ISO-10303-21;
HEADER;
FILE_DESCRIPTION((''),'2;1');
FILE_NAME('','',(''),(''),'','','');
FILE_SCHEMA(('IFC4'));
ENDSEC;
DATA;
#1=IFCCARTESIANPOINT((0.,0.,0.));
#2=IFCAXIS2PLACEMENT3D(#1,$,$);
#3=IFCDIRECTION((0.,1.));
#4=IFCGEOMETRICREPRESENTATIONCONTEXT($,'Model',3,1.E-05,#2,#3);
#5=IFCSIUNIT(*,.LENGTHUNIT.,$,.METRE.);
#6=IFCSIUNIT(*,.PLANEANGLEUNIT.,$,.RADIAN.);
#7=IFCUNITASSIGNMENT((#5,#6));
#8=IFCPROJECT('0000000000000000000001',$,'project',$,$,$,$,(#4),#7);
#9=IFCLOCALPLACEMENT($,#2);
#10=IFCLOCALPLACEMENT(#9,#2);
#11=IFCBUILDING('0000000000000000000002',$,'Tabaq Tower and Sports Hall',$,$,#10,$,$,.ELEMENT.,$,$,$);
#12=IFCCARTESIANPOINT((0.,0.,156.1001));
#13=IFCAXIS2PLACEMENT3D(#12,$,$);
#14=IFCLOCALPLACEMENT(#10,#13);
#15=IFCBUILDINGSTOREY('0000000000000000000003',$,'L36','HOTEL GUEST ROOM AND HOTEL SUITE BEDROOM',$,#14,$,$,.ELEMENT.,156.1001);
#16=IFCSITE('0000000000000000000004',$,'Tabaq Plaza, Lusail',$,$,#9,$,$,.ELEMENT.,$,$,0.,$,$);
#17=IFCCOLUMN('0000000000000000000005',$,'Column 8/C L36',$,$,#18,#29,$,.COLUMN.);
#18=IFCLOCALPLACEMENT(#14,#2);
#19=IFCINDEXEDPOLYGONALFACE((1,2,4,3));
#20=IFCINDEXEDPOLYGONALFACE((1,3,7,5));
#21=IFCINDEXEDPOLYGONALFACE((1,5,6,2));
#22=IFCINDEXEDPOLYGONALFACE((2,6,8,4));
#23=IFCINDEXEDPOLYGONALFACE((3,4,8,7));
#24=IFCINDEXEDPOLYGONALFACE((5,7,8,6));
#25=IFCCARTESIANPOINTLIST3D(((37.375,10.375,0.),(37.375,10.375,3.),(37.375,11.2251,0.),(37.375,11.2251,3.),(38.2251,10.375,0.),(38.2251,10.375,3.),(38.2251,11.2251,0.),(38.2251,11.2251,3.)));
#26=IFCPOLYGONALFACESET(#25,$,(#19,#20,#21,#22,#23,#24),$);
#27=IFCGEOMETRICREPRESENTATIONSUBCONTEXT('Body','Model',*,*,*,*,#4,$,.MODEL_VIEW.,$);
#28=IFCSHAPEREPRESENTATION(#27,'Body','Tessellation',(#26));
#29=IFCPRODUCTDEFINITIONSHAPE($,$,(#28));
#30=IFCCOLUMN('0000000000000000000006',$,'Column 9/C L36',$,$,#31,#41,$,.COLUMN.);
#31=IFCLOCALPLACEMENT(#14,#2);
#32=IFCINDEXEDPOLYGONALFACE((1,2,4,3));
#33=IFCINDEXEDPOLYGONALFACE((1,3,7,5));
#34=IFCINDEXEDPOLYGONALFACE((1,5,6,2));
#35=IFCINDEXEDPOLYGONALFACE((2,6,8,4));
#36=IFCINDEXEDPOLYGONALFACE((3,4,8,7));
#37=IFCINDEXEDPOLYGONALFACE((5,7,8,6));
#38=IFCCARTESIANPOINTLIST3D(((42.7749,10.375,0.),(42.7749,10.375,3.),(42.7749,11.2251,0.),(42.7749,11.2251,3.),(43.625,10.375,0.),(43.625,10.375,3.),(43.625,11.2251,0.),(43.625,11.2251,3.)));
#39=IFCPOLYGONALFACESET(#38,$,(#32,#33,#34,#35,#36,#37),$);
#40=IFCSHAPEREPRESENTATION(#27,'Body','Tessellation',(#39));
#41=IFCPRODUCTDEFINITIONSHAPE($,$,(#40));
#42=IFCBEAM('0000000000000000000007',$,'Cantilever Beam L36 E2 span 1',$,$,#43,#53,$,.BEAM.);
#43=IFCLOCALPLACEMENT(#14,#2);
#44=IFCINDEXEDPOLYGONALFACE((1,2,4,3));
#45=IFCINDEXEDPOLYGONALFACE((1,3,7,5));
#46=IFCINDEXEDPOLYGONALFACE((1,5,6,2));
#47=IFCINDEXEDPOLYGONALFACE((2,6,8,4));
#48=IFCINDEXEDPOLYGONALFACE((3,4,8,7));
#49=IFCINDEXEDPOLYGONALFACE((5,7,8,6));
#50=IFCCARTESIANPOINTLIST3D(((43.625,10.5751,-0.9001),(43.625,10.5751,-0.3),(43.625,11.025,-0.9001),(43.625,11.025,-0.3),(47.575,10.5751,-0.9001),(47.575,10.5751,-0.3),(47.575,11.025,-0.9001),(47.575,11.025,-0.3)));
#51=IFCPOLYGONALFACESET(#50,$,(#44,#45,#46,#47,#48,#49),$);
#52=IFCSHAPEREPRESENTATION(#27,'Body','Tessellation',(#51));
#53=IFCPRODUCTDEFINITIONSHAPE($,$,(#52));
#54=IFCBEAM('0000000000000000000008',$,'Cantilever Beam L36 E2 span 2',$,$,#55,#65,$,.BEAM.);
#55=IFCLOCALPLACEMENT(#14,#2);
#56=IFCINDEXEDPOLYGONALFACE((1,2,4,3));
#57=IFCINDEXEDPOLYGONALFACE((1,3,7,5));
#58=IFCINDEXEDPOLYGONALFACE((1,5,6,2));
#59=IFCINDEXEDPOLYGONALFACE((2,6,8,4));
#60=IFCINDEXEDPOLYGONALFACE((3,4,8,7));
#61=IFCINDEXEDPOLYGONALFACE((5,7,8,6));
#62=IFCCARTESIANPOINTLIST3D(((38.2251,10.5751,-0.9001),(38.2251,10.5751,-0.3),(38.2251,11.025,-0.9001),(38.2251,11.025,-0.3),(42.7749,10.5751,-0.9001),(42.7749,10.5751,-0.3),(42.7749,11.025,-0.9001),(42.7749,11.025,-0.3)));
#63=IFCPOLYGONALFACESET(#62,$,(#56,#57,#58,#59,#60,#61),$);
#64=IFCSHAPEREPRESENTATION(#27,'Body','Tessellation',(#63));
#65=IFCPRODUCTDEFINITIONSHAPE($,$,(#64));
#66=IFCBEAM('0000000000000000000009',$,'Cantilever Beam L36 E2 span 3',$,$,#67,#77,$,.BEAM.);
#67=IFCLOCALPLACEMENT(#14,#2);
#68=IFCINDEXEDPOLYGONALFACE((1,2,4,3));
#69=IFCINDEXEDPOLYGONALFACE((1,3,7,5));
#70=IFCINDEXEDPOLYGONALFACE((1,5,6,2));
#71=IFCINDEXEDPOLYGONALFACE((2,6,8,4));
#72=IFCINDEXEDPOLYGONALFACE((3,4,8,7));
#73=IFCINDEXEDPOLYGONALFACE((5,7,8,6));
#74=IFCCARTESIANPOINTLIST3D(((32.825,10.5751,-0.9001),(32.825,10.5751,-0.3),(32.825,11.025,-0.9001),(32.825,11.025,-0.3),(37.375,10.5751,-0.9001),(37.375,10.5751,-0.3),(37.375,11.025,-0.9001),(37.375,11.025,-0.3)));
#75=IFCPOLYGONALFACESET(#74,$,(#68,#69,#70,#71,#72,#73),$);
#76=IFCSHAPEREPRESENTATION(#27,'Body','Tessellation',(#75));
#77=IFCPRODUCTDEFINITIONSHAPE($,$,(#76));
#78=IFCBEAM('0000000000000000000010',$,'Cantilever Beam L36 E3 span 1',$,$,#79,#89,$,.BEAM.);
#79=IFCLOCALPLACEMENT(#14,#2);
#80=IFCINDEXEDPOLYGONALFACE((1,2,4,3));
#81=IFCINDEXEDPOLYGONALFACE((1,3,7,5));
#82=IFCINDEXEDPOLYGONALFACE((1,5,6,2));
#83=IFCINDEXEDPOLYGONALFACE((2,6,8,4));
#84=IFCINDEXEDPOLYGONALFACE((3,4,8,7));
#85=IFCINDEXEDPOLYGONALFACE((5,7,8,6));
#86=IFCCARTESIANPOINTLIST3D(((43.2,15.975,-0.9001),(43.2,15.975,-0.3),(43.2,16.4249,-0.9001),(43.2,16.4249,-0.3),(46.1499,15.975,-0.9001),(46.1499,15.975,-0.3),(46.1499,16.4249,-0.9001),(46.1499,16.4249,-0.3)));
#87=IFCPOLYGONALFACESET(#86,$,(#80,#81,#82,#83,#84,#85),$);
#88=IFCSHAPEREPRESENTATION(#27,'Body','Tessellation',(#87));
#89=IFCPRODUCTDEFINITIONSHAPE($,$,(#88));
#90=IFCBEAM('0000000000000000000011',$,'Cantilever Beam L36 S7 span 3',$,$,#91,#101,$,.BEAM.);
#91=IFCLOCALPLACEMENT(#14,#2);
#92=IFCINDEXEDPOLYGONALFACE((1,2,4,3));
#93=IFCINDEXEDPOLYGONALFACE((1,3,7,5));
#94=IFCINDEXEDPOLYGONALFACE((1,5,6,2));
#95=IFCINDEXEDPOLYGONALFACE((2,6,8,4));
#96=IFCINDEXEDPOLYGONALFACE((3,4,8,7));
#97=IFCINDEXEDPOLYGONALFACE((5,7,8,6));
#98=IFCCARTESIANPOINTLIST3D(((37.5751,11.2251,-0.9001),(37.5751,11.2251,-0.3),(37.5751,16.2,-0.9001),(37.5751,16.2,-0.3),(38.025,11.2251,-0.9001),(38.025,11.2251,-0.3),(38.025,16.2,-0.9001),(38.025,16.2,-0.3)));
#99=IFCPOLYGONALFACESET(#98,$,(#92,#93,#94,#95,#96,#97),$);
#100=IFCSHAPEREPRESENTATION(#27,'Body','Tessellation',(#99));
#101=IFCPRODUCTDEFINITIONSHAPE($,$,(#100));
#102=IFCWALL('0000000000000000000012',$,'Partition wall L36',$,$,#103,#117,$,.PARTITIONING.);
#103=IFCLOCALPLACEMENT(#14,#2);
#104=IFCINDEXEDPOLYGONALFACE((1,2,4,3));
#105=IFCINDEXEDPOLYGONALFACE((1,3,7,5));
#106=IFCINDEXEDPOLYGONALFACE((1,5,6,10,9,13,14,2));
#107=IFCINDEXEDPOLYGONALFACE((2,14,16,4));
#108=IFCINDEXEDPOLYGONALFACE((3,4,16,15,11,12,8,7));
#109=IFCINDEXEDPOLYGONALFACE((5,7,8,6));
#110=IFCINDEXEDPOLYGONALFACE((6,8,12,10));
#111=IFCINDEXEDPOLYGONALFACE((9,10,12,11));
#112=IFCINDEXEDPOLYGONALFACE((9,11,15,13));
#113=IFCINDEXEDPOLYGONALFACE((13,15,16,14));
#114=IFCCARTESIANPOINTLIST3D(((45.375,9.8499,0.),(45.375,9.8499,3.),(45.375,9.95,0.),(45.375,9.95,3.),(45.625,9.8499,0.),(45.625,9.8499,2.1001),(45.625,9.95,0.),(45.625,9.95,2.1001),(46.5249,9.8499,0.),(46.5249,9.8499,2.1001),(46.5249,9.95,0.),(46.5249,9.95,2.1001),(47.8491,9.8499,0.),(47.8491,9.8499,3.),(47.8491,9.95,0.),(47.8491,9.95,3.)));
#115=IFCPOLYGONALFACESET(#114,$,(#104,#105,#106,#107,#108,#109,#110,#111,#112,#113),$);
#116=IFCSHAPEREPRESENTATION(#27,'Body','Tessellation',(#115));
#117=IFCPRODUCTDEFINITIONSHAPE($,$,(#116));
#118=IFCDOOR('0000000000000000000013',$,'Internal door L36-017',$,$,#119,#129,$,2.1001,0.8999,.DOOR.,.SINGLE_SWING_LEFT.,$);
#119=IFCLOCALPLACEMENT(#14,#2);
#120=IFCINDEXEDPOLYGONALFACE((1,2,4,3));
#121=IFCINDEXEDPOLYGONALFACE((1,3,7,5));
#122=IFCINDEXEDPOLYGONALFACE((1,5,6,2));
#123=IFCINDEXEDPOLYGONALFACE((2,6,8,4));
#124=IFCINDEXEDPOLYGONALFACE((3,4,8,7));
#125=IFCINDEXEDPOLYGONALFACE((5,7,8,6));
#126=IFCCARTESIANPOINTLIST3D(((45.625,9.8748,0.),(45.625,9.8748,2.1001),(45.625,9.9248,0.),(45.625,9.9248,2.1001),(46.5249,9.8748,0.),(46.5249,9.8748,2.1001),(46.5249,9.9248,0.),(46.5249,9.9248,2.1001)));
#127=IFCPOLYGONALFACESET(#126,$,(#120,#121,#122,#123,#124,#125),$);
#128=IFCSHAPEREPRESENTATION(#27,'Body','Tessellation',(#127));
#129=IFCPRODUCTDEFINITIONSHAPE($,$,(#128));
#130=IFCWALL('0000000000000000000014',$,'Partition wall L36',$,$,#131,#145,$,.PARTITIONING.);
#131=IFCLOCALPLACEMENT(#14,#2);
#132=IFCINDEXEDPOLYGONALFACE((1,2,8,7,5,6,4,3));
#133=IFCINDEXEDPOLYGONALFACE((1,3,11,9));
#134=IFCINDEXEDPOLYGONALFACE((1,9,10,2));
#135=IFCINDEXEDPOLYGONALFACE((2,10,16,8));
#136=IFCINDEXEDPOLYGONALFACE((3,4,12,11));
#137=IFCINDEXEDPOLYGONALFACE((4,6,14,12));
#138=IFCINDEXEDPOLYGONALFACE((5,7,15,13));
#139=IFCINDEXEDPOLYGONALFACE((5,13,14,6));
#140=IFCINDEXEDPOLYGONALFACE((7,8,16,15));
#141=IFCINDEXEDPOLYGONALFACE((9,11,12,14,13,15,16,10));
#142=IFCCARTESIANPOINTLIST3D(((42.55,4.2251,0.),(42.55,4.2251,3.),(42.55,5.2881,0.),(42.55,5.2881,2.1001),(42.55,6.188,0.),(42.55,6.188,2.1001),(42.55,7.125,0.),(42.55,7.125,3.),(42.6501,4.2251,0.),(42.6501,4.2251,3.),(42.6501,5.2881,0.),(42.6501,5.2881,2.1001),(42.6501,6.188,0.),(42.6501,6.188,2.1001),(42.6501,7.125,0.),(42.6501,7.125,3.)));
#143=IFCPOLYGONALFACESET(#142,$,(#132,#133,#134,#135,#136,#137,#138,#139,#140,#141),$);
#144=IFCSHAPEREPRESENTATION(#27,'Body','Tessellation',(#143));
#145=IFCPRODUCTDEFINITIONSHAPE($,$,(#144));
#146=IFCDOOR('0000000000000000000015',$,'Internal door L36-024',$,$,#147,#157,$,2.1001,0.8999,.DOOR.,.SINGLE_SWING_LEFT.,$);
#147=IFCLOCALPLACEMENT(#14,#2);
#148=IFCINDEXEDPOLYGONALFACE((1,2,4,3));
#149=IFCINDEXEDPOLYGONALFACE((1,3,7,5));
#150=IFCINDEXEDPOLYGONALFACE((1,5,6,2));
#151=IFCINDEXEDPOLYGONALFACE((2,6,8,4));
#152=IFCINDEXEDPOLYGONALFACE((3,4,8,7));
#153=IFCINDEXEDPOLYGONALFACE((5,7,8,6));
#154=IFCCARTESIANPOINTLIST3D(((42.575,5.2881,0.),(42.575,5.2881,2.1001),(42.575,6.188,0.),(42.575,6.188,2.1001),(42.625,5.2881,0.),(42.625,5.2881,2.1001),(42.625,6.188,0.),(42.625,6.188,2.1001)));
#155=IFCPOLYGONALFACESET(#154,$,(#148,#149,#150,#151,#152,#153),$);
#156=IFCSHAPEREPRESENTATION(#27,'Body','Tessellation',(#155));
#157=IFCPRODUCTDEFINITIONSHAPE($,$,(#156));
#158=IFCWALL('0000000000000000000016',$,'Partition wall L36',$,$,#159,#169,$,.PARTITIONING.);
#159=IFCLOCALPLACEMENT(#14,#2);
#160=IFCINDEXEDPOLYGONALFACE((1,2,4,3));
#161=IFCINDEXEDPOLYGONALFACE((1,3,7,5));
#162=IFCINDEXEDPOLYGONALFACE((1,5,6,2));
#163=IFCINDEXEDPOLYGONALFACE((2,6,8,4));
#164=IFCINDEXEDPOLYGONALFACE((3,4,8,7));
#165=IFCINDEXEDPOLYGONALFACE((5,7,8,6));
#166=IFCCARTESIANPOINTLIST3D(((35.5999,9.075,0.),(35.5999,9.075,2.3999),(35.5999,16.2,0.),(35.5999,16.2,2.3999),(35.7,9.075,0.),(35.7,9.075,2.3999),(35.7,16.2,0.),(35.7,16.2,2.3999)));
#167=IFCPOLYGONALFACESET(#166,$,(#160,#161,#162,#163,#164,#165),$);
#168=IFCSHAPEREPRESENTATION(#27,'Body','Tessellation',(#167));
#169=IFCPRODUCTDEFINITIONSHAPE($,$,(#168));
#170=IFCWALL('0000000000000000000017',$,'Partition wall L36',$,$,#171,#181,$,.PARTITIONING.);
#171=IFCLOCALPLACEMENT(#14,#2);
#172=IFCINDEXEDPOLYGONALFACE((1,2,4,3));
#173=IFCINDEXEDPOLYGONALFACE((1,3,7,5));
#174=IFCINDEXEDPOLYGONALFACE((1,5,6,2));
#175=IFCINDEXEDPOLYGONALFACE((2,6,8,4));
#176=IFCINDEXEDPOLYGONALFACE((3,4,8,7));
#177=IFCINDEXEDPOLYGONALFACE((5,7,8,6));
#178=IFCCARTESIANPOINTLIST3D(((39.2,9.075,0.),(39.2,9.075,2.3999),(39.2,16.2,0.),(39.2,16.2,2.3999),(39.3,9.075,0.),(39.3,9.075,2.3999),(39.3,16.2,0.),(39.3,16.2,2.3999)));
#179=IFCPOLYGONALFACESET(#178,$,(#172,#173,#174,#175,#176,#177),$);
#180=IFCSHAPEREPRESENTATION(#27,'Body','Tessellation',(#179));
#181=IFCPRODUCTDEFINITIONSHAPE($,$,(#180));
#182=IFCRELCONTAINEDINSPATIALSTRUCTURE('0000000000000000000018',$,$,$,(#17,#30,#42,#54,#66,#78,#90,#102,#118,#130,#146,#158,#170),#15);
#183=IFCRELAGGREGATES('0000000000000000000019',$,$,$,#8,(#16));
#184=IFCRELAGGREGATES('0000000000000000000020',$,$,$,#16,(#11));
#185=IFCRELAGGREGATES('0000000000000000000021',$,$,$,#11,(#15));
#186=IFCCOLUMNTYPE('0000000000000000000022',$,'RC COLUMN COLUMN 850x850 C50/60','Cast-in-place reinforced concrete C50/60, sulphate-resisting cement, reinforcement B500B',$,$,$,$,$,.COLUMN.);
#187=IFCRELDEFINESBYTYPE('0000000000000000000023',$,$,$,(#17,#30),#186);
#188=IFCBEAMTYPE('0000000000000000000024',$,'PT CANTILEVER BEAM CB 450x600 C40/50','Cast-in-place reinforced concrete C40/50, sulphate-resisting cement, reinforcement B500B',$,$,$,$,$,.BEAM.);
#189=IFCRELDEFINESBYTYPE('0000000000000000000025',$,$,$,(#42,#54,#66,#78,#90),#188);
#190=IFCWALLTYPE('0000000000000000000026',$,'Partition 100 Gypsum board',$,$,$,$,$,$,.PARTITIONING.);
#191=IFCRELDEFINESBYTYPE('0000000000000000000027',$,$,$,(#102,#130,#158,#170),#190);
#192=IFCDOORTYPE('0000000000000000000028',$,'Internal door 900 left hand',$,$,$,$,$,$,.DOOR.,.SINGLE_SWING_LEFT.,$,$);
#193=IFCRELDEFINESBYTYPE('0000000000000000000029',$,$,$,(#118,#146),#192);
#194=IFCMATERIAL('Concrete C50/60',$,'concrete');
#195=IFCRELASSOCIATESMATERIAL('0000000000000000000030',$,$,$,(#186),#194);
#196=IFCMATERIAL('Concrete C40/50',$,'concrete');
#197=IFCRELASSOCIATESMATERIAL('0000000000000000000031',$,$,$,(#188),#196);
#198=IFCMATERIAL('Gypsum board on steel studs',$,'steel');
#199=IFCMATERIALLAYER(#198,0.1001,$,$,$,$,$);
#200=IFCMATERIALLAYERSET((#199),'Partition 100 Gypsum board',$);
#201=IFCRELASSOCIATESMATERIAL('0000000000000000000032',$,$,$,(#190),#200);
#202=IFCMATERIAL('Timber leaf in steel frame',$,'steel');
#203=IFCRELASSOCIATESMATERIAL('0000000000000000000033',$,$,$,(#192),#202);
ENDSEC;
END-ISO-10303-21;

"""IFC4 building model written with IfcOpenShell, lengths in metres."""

from ifc_helpers import new_model, si_unit, direction, frame, frame_2d, origin, origin_2d, place, context, subcontext, project, spatial, rectangle, extrude, material, layer, layer_set, material_profile, profile_set, type_object, element, fill, save


model = new_model("IFC4")

# Units and contexts
model_context = context("Model", 3, precision=1e-05, world=origin(), true_north=direction((0.0, 1.0)))
body_context = subcontext(model_context, "Body", "Model", "MODEL_VIEW")
ifc_project = project(units=[si_unit("LENGTHUNIT", "METRE"), si_unit("PLANEANGLEUNIT", "RADIAN")], contexts=[model_context])

# Site, building, storey
site_placement = place(None, origin())
site = spatial("IfcSite", under=ifc_project, at=site_placement, Name="Tabaq Plaza, Lusail", CompositionType="ELEMENT", RefElevation=0.0)
building_placement = place(site_placement, origin())
building = spatial("IfcBuilding", under=site, at=building_placement, Name="Tabaq Tower and Sports Hall", CompositionType="ELEMENT")
storey_placement = place(building_placement, frame((0.0, 0.0, 156.1001)))
storey = spatial("IfcBuildingStorey", under=building, at=storey_placement, Name="L36", Description="HOTEL GUEST ROOM AND HOTEL SUITE BEDROOM", CompositionType="ELEMENT", Elevation=156.1001)

# Columns
ifc_material_1 = material(Name="Concrete C50/60", Category="concrete")
ifc_material_profile_1 = material_profile(ifc_material_1, rectangle(XDim=0.8501, YDim=0.8501, at=origin_2d()), Name="COLUMN 850x850")
ifc_profile_set_1 = profile_set([ifc_material_profile_1], Name="Concrete C50/60")
column_type = type_object("IfcColumnType", Name="RC COLUMN COLUMN 850x850 C50/60", Description="Cast-in-place reinforced concrete C50/60, sulphate-resisting cement, reinforcement B500B", PredefinedType="COLUMN", material=ifc_profile_set_1)
for number, where, z_axis, x_axis, name in (
    (1, (37.8, 10.8, 0.0), (0.0, 0.0, 1.0), (1.0, 0.0, 0.0), "Column 8/C L36"),
    (2, (43.2, 10.8, 0.0), (0.0, 0.0, 1.0), (1.0, 0.0, 0.0), "Column 9/C L36"),
):
    element("IfcColumn", number, at=place(storey_placement, frame(where, z_axis=z_axis, x_axis=x_axis)), inside=storey, type_object=column_type, Name=name, PredefinedType="COLUMN", context=body_context, shape_type="SweptSolid", body=[
        extrude(rectangle(XDim=0.8501, YDim=0.8501, at=origin_2d()), origin(), (0.0, 0.0, 1.0), 3.0),
    ])

# Beams
ifc_material_2 = material(Name="Concrete C40/50", Category="concrete")
ifc_material_profile_2 = material_profile(ifc_material_2, rectangle(XDim=0.45, YDim=0.6001, at=origin_2d()), Name="CB 450x600")
ifc_profile_set_2 = profile_set([ifc_material_profile_2], Name="Concrete C40/50")
beam_type = type_object("IfcBeamType", Name="PT CANTILEVER BEAM CB 450x600 C40/50", Description="Cast-in-place reinforced concrete C40/50, sulphate-resisting cement, reinforcement B500B", PredefinedType="BEAM", material=ifc_profile_set_2)
beam_1_placement = place(storey_placement, frame((47.575, 10.8, -0.6001), z_axis=(-1.0, 0.0, 0.0), x_axis=(0.0, -1.0, 0.0)))
element("IfcBeam", 3, at=beam_1_placement, inside=storey, type_object=beam_type, Name="Cantilever Beam L36 E2 span 1", PredefinedType="BEAM", context=body_context, shape_type="SweptSolid", body=[
    extrude(rectangle(XDim=0.45, YDim=0.6001, at=origin_2d()), origin(), (0.0, 0.0, 1.0), 3.95),
])
beam_2_placement = place(storey_placement, frame((42.7749, 10.8, -0.6001), z_axis=(-1.0, 0.0, 0.0), x_axis=(0.0, -1.0, 0.0)))
element("IfcBeam", 4, at=beam_2_placement, inside=storey, type_object=beam_type, Name="Cantilever Beam L36 E2 span 2", PredefinedType="BEAM", context=body_context, shape_type="SweptSolid", body=[
    extrude(rectangle(XDim=0.45, YDim=0.6001, at=origin_2d()), origin(), (0.0, 0.0, 1.0), 4.5498),
])
beam_3_placement = place(storey_placement, frame((37.375, 10.8, -0.6001), z_axis=(-1.0, 0.0, 0.0), x_axis=(0.0, -1.0, 0.0)))
element("IfcBeam", 5, at=beam_3_placement, inside=storey, type_object=beam_type, Name="Cantilever Beam L36 E2 span 3", PredefinedType="BEAM", context=body_context, shape_type="SweptSolid", body=[
    extrude(rectangle(XDim=0.45, YDim=0.6001, at=origin_2d()), origin(), (0.0, 0.0, 1.0), 4.55),
])
beam_4_placement = place(storey_placement, frame((46.1499, 16.2, -0.6001), z_axis=(-1.0, 0.0, 0.0), x_axis=(0.0, -1.0, 0.0)))
element("IfcBeam", 6, at=beam_4_placement, inside=storey, type_object=beam_type, Name="Cantilever Beam L36 E3 span 1", PredefinedType="BEAM", context=body_context, shape_type="SweptSolid", body=[
    extrude(rectangle(XDim=0.45, YDim=0.6001, at=origin_2d()), origin(), (0.0, 0.0, 1.0), 2.95),
])
beam_5_placement = place(storey_placement, frame((37.8, 11.2251, -0.6001), z_axis=(0.0, 1.0, 0.0), x_axis=(-1.0, 0.0, 0.0)))
element("IfcBeam", 7, at=beam_5_placement, inside=storey, type_object=beam_type, Name="Cantilever Beam L36 S7 span 3", PredefinedType="BEAM", context=body_context, shape_type="SweptSolid", body=[
    extrude(rectangle(XDim=0.45, YDim=0.6001, at=origin_2d()), origin(), (0.0, 0.0, 1.0), 4.9749),
])

# Walls, openings, doors
ifc_material_3 = material(Name="Gypsum board on steel studs", Category="steel")
ifc_layer_1 = layer(ifc_material_3, 0.1001)
ifc_layer_set_1 = layer_set([ifc_layer_1], Name="Partition 100 Gypsum board")
wall_type_1 = type_object("IfcWallType", Name="Partition 100 Gypsum board", PredefinedType="PARTITIONING", material=ifc_layer_set_1)
wall_1_placement = place(storey_placement, frame((45.375, 9.8999, 0.0), z_axis=(0.0, 0.0, 1.0), x_axis=(1.0, 0.0, 0.0)))
wall_1 = element("IfcWall", 8, at=wall_1_placement, inside=storey, type_object=wall_type_1, Name="Partition wall L36", PredefinedType="PARTITIONING", context=body_context, shape_type="SweptSolid", body=[
    extrude(rectangle(XDim=2.4741, YDim=0.1001, at=frame_2d((1.2371, 0.0))), origin(), (0.0, 0.0, 1.0), 3.0),
])
opening_1_placement = place(wall_1_placement, frame((0.25, 0.0, 0.0)))
opening_1 = element("IfcOpeningElement", 9, at=opening_1_placement, cuts=wall_1, PredefinedType="OPENING", context=body_context, shape_type="SweptSolid", body=[
    extrude(rectangle(XDim=0.8999, YDim=2.1001, at=frame_2d((0.45, 1.05))), frame((0.0, 0.05, 0.0), z_axis=(0.0, -1.0, 0.0), x_axis=(1.0, 0.0, 0.0)), (0.0, 0.0, 1.0), 0.1001),
])
ifc_material_4 = material(Name="Timber leaf in steel frame", Category="steel")
door_type_1 = type_object("IfcDoorType", Name="Internal door 900 left hand", OperationType="SINGLE_SWING_LEFT", PredefinedType="DOOR", material=ifc_material_4)
door_1_placement = place(opening_1_placement, origin())
door_1 = element("IfcDoor", 10, at=door_1_placement, inside=storey, type_object=door_type_1, Name="Internal door L36-017", OperationType="SINGLE_SWING_LEFT", OverallHeight=2.1001, OverallWidth=0.8999, PredefinedType="DOOR", context=body_context, shape_type="SweptSolid", body=[
    extrude(rectangle(XDim=0.8999, YDim=2.1001, at=frame_2d((0.45, 1.05))), frame((0.0, 0.0249, 0.0), z_axis=(0.0, -1.0, 0.0), x_axis=(1.0, 0.0, 0.0)), (0.0, 0.0, 1.0), 0.05),
])
fill(opening_1, door_1)
wall_2_placement = place(storey_placement, frame((42.6001, 7.125, 0.0), z_axis=(0.0, 0.0, 1.0), x_axis=(0.0, -1.0, 0.0)))
wall_2 = element("IfcWall", 11, at=wall_2_placement, inside=storey, type_object=wall_type_1, Name="Partition wall L36", PredefinedType="PARTITIONING", context=body_context, shape_type="SweptSolid", body=[
    extrude(rectangle(XDim=2.8999, YDim=0.1001, at=frame_2d((1.45, 0.0))), origin(), (0.0, 0.0, 1.0), 3.0),
])
opening_2_placement = place(wall_2_placement, frame((0.937, 0.0, 0.0)))
opening_2 = element("IfcOpeningElement", 12, at=opening_2_placement, cuts=wall_2, PredefinedType="OPENING", context=body_context, shape_type="SweptSolid", body=[
    extrude(rectangle(XDim=0.8999, YDim=2.1001, at=frame_2d((0.45, 1.05))), frame((0.0, 0.05, 0.0), z_axis=(0.0, -1.0, 0.0), x_axis=(1.0, 0.0, 0.0)), (0.0, 0.0, 1.0), 0.1001),
])
door_2_placement = place(opening_2_placement, origin())
door_2 = element("IfcDoor", 13, at=door_2_placement, inside=storey, type_object=door_type_1, Name="Internal door L36-024", OperationType="SINGLE_SWING_LEFT", OverallHeight=2.1001, OverallWidth=0.8999, PredefinedType="DOOR", context=body_context, shape_type="SweptSolid", body=[
    extrude(rectangle(XDim=0.8999, YDim=2.1001, at=frame_2d((0.45, 1.05))), frame((0.0, 0.0249, 0.0), z_axis=(0.0, -1.0, 0.0), x_axis=(1.0, 0.0, 0.0)), (0.0, 0.0, 1.0), 0.05),
])
fill(opening_2, door_2)

# Walls
for number, where, z_axis, x_axis, name in (
    (14, (35.6499, 16.2, 0.0), (0.0, 0.0, 1.0), (0.0, -1.0, 0.0), "Partition wall L36"),
    (15, (39.25, 9.075, 0.0), (0.0, 0.0, 1.0), (0.0, 1.0, 0.0), "Partition wall L36"),
):
    element("IfcWall", number, at=place(storey_placement, frame(where, z_axis=z_axis, x_axis=x_axis)), inside=storey, type_object=wall_type_1, Name=name, PredefinedType="PARTITIONING", context=body_context, shape_type="SweptSolid", body=[
        extrude(rectangle(XDim=7.125, YDim=0.1001, at=frame_2d((3.5625, 0.0))), origin(), (0.0, 0.0, 1.0), 2.3999),
    ])

save(model, "model.ifc")
